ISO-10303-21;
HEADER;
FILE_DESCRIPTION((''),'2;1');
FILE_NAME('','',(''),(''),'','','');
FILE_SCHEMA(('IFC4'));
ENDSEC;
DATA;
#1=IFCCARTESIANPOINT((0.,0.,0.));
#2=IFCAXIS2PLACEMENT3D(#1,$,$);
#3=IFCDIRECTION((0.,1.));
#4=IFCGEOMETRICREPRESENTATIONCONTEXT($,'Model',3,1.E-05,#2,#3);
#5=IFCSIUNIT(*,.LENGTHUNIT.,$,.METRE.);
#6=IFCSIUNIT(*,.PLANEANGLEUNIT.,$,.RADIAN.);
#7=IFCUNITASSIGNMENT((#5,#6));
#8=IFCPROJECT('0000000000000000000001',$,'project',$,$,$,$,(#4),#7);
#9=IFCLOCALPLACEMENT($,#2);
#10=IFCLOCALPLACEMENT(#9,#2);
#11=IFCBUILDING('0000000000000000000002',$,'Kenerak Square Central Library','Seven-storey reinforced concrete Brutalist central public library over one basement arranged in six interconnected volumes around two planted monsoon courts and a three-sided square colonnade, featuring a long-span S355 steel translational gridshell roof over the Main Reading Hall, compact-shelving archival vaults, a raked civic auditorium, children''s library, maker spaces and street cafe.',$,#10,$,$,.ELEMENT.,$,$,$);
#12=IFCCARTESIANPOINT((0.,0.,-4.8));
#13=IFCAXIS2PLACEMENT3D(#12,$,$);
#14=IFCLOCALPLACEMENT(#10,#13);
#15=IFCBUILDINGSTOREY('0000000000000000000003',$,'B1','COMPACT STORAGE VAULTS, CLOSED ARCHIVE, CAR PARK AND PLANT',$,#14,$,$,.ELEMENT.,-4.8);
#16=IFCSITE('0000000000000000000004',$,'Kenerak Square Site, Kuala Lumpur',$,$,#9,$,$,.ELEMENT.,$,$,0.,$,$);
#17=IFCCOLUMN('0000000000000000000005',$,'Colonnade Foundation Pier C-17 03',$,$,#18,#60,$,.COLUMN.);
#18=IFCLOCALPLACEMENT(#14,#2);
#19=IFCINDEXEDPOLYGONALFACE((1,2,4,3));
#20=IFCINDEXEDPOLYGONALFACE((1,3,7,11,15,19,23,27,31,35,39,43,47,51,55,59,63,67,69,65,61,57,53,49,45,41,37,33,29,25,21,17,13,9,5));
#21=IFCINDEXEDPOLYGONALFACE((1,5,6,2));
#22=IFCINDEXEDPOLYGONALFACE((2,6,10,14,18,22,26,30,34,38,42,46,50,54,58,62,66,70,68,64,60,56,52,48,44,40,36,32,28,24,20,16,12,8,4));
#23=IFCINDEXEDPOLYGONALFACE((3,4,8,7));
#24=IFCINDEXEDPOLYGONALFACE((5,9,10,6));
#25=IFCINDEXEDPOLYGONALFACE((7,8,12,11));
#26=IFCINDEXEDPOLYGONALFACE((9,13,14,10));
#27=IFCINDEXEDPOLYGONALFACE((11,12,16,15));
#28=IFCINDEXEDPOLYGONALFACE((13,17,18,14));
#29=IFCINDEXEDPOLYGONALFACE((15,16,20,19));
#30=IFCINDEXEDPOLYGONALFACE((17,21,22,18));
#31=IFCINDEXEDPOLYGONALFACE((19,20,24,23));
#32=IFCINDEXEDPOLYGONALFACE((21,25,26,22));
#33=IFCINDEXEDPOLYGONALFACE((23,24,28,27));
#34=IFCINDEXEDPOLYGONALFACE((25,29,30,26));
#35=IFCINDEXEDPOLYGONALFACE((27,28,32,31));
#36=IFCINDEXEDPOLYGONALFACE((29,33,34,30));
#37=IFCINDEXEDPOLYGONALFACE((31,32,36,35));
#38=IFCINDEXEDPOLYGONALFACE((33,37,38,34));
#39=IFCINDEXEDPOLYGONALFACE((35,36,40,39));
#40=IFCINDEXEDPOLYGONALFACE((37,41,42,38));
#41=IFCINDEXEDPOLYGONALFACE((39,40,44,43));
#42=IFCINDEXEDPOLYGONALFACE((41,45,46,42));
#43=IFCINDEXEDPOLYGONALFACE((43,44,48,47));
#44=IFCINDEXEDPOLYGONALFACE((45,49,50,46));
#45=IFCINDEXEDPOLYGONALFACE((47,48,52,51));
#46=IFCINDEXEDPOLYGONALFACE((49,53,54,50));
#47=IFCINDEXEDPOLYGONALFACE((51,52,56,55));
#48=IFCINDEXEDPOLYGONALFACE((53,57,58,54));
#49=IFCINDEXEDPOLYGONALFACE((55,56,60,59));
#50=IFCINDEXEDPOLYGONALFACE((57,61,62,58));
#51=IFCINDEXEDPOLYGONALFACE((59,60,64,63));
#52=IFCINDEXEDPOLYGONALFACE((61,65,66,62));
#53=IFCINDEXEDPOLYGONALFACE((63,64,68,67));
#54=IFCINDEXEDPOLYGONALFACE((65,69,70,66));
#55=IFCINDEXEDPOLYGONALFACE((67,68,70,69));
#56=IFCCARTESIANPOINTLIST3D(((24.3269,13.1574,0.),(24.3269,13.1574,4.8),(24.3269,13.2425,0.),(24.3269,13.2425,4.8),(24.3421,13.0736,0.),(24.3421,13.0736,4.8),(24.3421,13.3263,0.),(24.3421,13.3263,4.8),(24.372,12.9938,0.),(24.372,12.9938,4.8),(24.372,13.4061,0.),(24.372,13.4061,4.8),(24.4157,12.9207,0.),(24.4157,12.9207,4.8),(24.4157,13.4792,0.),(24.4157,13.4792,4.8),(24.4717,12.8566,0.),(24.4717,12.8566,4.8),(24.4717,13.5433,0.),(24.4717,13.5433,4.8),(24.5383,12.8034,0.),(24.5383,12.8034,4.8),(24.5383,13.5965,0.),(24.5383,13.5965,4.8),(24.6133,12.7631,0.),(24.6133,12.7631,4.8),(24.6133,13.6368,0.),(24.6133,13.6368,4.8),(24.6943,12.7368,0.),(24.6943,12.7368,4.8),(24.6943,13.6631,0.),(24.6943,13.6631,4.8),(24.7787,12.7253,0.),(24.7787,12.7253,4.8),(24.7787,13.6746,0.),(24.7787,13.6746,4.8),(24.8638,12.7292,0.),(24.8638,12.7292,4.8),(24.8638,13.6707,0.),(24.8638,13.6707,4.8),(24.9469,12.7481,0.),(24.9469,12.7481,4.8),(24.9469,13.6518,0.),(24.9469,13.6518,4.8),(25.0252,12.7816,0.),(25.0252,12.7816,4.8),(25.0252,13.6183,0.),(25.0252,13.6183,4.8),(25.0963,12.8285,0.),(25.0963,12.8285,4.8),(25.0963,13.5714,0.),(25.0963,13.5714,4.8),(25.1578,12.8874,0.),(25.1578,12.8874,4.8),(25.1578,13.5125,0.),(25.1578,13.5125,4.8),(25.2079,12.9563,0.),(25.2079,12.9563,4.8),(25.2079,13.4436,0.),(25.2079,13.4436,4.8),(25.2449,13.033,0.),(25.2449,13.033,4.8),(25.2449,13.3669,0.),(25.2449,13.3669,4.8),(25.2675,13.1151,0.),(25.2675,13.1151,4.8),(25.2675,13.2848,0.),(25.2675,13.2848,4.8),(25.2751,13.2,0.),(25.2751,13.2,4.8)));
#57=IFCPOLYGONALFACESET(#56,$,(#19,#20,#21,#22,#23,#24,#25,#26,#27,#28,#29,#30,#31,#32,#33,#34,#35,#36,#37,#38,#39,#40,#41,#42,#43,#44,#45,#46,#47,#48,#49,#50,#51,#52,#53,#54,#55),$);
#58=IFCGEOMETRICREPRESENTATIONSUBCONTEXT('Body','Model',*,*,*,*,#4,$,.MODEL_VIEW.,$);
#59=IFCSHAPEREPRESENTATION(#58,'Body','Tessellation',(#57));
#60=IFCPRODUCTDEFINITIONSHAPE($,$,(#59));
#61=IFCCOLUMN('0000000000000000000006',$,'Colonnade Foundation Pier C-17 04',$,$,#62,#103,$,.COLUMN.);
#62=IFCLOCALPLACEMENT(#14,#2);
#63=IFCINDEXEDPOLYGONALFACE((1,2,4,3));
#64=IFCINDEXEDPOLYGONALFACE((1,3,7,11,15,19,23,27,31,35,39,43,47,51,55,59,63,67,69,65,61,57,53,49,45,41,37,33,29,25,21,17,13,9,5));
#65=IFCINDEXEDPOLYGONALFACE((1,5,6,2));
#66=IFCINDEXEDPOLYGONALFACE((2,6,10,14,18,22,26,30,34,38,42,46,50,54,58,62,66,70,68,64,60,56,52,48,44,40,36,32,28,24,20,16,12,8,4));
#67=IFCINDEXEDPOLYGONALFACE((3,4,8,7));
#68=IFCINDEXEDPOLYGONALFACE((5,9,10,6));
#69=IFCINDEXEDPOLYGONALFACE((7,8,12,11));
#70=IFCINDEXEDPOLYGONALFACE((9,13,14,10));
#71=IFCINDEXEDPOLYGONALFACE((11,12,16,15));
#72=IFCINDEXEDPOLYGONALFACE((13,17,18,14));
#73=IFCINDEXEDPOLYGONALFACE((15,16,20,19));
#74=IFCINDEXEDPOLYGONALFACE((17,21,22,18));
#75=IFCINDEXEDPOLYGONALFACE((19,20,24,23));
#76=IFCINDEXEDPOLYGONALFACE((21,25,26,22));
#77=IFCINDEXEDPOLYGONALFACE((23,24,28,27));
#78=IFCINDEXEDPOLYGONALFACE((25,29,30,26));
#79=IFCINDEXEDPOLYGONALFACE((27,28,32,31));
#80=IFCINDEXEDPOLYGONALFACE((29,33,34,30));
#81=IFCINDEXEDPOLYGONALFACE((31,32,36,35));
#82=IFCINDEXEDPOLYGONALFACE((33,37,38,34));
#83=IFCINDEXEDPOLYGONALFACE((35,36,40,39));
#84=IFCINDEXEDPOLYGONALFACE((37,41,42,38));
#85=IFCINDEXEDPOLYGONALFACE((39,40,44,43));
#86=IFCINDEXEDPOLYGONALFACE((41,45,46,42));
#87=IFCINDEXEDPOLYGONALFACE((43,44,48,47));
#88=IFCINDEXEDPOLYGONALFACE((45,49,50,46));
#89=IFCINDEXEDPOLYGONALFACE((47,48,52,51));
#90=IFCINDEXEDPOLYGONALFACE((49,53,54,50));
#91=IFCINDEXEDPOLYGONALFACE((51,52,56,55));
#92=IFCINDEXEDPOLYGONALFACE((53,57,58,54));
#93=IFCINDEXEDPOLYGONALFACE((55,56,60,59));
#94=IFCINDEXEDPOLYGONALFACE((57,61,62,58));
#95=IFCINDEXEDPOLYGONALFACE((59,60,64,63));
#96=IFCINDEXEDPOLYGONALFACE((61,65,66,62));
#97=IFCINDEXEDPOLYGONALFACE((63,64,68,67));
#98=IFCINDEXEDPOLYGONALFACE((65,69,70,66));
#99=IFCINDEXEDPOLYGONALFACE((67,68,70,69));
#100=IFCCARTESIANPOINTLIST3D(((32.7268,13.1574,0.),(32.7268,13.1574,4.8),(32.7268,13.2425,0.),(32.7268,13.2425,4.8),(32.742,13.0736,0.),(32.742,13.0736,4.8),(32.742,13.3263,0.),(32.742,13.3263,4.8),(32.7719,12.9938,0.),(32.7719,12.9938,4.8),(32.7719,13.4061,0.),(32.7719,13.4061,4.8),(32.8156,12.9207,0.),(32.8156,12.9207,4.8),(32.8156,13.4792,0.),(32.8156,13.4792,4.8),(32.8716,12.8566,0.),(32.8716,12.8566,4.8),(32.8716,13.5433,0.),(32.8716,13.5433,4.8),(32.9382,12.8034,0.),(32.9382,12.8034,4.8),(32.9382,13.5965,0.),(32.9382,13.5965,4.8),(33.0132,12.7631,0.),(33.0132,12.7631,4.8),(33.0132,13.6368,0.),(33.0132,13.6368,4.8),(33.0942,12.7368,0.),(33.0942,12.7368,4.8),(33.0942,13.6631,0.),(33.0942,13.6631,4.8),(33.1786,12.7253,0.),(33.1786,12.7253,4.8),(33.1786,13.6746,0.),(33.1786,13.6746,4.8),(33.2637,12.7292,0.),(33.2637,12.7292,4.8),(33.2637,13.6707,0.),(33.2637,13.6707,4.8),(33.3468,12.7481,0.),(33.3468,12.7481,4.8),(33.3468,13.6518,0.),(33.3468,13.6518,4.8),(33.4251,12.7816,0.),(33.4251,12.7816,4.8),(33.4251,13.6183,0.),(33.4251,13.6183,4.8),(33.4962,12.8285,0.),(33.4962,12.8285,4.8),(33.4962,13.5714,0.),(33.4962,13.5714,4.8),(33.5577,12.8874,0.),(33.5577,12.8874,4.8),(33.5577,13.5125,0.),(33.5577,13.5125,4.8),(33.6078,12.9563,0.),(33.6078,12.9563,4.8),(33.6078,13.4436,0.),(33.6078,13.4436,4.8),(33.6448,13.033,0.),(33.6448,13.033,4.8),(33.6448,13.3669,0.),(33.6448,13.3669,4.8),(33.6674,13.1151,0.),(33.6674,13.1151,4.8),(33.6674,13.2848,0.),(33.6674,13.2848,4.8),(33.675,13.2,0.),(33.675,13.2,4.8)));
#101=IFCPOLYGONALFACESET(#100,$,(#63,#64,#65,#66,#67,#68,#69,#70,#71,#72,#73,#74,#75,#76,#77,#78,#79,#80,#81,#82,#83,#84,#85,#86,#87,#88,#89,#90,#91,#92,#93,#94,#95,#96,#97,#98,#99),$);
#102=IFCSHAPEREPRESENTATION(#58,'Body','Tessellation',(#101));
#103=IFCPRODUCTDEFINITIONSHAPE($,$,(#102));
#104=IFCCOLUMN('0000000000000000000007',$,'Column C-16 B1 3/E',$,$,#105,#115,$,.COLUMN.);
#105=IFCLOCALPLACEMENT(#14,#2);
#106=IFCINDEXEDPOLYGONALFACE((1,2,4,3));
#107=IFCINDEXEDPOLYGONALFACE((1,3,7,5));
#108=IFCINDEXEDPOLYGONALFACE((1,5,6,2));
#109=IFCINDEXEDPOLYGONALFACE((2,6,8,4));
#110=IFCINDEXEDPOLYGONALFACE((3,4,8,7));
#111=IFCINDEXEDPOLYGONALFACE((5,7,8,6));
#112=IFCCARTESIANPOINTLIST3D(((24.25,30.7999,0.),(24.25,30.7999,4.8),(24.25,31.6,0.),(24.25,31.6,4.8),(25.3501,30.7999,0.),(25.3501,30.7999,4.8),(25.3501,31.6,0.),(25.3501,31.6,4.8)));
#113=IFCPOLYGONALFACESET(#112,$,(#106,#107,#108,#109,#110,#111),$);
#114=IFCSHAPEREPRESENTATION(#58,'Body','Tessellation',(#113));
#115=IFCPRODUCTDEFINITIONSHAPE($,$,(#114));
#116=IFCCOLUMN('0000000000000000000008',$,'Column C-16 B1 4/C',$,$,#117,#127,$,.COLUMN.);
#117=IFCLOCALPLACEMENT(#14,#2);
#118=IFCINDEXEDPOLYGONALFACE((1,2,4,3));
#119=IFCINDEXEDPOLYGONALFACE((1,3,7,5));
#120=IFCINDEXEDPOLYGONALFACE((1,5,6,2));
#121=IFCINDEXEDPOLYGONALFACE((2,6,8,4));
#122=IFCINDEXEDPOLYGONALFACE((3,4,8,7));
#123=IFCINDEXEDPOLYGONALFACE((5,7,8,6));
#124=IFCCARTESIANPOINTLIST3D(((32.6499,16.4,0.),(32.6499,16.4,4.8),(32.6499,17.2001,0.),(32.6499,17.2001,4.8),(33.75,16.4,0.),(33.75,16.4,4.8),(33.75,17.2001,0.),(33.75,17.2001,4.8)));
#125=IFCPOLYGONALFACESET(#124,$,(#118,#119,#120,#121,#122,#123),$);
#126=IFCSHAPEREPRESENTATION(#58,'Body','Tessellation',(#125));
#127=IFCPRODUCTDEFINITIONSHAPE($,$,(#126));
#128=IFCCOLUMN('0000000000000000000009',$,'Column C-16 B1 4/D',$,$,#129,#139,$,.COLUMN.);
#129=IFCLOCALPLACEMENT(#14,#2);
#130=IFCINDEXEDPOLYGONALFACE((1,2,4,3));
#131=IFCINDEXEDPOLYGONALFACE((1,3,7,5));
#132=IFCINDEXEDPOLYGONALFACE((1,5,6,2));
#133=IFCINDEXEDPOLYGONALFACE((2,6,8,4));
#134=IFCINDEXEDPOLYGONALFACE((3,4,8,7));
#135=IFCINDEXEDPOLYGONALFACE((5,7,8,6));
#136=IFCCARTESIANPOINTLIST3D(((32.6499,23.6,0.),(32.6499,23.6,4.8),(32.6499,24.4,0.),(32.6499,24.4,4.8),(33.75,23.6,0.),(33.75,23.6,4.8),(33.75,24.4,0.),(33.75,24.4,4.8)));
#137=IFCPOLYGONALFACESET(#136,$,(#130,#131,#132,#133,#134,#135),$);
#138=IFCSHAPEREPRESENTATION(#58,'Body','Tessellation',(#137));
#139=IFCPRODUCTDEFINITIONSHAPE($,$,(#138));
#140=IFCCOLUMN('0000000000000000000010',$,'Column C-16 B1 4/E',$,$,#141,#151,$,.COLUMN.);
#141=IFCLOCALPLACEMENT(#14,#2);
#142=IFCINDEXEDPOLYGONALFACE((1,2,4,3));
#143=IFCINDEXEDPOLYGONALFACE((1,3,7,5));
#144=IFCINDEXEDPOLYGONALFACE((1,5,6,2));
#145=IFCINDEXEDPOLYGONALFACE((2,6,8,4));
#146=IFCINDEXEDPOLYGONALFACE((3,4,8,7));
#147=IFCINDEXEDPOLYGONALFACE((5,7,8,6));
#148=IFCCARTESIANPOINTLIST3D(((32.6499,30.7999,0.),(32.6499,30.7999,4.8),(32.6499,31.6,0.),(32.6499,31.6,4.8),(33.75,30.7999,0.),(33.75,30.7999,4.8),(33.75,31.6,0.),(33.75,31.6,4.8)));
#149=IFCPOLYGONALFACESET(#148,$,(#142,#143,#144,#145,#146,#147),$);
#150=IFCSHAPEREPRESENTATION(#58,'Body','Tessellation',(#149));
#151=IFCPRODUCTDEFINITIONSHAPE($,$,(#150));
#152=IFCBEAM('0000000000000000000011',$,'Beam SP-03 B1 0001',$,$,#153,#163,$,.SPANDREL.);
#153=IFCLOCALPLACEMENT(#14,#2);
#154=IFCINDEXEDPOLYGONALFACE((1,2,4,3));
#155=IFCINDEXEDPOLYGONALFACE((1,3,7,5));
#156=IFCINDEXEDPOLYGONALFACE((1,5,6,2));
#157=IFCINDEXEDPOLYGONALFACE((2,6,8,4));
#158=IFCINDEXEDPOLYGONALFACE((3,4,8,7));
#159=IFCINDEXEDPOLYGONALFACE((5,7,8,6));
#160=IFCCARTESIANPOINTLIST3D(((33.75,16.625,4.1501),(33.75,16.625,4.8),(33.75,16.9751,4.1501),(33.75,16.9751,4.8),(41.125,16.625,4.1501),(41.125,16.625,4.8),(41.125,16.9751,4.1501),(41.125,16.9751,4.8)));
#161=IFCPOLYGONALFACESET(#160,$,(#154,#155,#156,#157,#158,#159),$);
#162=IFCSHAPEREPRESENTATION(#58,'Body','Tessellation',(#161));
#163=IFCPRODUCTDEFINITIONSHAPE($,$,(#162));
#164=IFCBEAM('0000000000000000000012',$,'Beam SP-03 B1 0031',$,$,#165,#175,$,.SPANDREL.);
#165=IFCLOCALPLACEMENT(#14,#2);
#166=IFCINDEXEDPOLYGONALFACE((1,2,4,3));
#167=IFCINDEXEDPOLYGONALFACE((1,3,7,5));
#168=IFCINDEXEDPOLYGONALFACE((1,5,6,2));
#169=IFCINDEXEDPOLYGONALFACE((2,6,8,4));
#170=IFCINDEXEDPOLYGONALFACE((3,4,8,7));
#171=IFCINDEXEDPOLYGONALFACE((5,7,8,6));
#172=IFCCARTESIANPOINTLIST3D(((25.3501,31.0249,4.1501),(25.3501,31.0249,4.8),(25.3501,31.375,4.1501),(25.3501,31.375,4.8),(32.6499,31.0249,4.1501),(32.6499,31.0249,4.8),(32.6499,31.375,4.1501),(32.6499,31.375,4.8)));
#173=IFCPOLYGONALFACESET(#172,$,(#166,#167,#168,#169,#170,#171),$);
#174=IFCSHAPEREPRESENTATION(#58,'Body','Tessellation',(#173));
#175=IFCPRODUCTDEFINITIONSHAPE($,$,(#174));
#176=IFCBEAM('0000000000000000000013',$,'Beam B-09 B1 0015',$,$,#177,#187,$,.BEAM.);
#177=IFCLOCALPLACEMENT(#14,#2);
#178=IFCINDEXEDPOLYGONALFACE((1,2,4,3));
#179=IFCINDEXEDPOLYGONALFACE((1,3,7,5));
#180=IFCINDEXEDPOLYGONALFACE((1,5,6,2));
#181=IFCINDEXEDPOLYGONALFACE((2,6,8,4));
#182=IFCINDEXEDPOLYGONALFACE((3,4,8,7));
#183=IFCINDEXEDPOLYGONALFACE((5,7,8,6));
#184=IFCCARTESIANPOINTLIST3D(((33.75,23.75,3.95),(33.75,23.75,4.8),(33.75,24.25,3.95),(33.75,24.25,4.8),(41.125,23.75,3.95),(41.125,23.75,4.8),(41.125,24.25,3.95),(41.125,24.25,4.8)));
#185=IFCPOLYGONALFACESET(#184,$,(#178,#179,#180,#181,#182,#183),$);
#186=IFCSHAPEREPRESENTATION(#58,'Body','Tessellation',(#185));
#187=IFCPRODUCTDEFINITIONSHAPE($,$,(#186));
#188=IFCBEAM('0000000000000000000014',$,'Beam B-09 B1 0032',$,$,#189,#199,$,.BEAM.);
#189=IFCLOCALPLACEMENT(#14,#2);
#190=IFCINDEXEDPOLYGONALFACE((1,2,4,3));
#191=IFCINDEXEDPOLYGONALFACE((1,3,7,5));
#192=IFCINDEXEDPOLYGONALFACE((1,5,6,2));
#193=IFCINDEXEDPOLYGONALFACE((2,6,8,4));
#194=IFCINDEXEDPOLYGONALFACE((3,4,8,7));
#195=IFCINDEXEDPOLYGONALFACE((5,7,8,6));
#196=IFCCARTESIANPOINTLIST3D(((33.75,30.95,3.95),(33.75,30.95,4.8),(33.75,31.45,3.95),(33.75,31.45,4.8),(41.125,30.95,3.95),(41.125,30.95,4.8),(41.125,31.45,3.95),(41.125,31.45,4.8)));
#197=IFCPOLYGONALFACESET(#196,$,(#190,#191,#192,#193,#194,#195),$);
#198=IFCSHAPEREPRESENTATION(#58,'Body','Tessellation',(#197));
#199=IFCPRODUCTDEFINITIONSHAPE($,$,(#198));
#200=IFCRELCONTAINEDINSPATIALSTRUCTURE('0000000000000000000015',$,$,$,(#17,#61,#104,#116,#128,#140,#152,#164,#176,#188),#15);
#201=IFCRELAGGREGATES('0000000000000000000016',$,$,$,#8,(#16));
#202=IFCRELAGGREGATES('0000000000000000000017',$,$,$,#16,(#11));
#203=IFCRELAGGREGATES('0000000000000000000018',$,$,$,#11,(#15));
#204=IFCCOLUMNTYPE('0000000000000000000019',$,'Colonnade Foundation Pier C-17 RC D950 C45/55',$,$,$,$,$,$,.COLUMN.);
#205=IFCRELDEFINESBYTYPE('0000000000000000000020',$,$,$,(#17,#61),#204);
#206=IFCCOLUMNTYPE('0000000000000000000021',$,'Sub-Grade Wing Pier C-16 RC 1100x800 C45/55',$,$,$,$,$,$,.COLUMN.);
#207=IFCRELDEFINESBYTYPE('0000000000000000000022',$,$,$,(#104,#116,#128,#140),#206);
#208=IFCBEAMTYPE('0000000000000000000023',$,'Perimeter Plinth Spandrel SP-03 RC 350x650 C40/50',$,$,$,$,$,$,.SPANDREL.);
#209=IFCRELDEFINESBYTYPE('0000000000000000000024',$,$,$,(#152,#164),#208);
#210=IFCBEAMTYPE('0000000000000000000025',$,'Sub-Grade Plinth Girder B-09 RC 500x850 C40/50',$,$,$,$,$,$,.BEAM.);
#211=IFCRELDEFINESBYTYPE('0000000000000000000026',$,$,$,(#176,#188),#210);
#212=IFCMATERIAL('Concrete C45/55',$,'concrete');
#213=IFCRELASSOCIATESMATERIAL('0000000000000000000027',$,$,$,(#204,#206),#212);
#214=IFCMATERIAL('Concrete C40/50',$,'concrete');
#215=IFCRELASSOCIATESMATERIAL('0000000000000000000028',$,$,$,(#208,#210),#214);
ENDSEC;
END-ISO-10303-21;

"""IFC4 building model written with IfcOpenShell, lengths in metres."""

from ifc_helpers import new_model, si_unit, direction, frame, origin, origin_2d, place, context, subcontext, project, spatial, rectangle, circle, extrude, material, material_profile, profile_set, type_object, element, save


model = new_model("IFC4")

# Units and contexts
model_context = context("Model", 3, precision=1e-05, world=origin(), true_north=direction((0.0, 1.0)))
body_context = subcontext(model_context, "Body", "Model", "MODEL_VIEW")
ifc_project = project(units=[si_unit("LENGTHUNIT", "METRE"), si_unit("PLANEANGLEUNIT", "RADIAN")], contexts=[model_context])

# Site, building, storey
site_placement = place(None, origin())
site = spatial("IfcSite", under=ifc_project, at=site_placement, Name="Kenerak Square Site, Kuala Lumpur", CompositionType="ELEMENT", RefElevation=0.0)
building_placement = place(site_placement, origin())
building = spatial("IfcBuilding", under=site, at=building_placement, Name="Kenerak Square Central Library", Description="Seven-storey reinforced concrete Brutalist central public library over one basement arranged in six interconnected volumes around two planted monsoon courts and a three-sided square colonnade, featuring a long-span S355 steel translational gridshell roof over the Main Reading Hall, compact-shelving archival vaults, a raked civic auditorium, children's library, maker spaces and street cafe.", CompositionType="ELEMENT")
storey_placement = place(building_placement, frame((0.0, 0.0, -4.8)))
storey = spatial("IfcBuildingStorey", under=building, at=storey_placement, Name="B1", Description="COMPACT STORAGE VAULTS, CLOSED ARCHIVE, CAR PARK AND PLANT", CompositionType="ELEMENT", Elevation=-4.8)

# Shared definitions
ifc_material_1 = material(Name="Concrete C40/50", Category="concrete")

# Columns
ifc_material_2 = material(Name="Concrete C45/55", Category="concrete")
ifc_material_profile_1 = material_profile(ifc_material_2, circle(Radius=0.4751, at=origin_2d()), Name="RC D950")
ifc_profile_set_1 = profile_set([ifc_material_profile_1], Name="Concrete C45/55")
column_type_1 = type_object("IfcColumnType", Name="Colonnade Foundation Pier C-17 RC D950 C45/55", PredefinedType="COLUMN", material=ifc_profile_set_1)
for number, where, z_axis, x_axis, name in (
    (1, (24.8, 13.2, 0.0), (0.0, 0.0, 1.0), (1.0, 0.0, 0.0), "Colonnade Foundation Pier C-17 03"),
    (2, (33.2, 13.2, 0.0), (0.0, 0.0, 1.0), (1.0, 0.0, 0.0), "Colonnade Foundation Pier C-17 04"),
):
    element("IfcColumn", number, at=place(storey_placement, frame(where, z_axis=z_axis, x_axis=x_axis)), inside=storey, type_object=column_type_1, Name=name, PredefinedType="COLUMN", context=body_context, shape_type="SweptSolid", body=[
        extrude(circle(Radius=0.4751, at=origin_2d()), origin(), (0.0, 0.0, 1.0), 4.8),
    ])
ifc_material_profile_2 = material_profile(ifc_material_2, rectangle(XDim=1.1001, YDim=0.8, at=origin_2d()), Name="RC 1100x800")
ifc_profile_set_2 = profile_set([ifc_material_profile_2], Name="Concrete C45/55")
column_type_2 = type_object("IfcColumnType", Name="Sub-Grade Wing Pier C-16 RC 1100x800 C45/55", PredefinedType="COLUMN", material=ifc_profile_set_2)
for number, where, z_axis, x_axis, name in (
    (3, (24.8, 31.2, 0.0), (0.0, 0.0, 1.0), (1.0, 0.0, 0.0), "Column C-16 B1 3/E"),
    (4, (33.2, 16.8, 0.0), (0.0, 0.0, 1.0), (1.0, 0.0, 0.0), "Column C-16 B1 4/C"),
    (5, (33.2, 24.0, 0.0), (0.0, 0.0, 1.0), (1.0, 0.0, 0.0), "Column C-16 B1 4/D"),
    (6, (33.2, 31.2, 0.0), (0.0, 0.0, 1.0), (1.0, 0.0, 0.0), "Column C-16 B1 4/E"),
):
    element("IfcColumn", number, at=place(storey_placement, frame(where, z_axis=z_axis, x_axis=x_axis)), inside=storey, type_object=column_type_2, Name=name, PredefinedType="COLUMN", context=body_context, shape_type="SweptSolid", body=[
        extrude(rectangle(XDim=1.1001, YDim=0.8, at=origin_2d()), origin(), (0.0, 0.0, 1.0), 4.8),
    ])

# Beams
ifc_material_profile_3 = material_profile(ifc_material_1, rectangle(XDim=0.3501, YDim=0.6499, at=origin_2d()), Name="RC 350x650")
ifc_profile_set_3 = profile_set([ifc_material_profile_3], Name="Concrete C40/50")
beam_type_1 = type_object("IfcBeamType", Name="Perimeter Plinth Spandrel SP-03 RC 350x650 C40/50", PredefinedType="SPANDREL", material=ifc_profile_set_3)
beam_1_placement = place(storey_placement, frame((33.75, 16.8, 4.4751), z_axis=(1.0, 0.0, 0.0), x_axis=(0.0, 1.0, 0.0)))
element("IfcBeam", 7, at=beam_1_placement, inside=storey, type_object=beam_type_1, Name="Beam SP-03 B1 0001", PredefinedType="SPANDREL", context=body_context, shape_type="SweptSolid", body=[
    extrude(rectangle(XDim=0.3501, YDim=0.6499, at=origin_2d()), origin(), (0.0, 0.0, 1.0), 7.375),
])
beam_2_placement = place(storey_placement, frame((25.3501, 31.2, 4.4751), z_axis=(1.0, 0.0, 0.0), x_axis=(0.0, 1.0, 0.0)))
element("IfcBeam", 8, at=beam_2_placement, inside=storey, type_object=beam_type_1, Name="Beam SP-03 B1 0031", PredefinedType="SPANDREL", context=body_context, shape_type="SweptSolid", body=[
    extrude(rectangle(XDim=0.3501, YDim=0.6499, at=origin_2d()), origin(), (0.0, 0.0, 1.0), 7.2998),
])
ifc_material_profile_4 = material_profile(ifc_material_1, rectangle(XDim=0.5, YDim=0.8501, at=origin_2d()), Name="RC 500x850")
ifc_profile_set_4 = profile_set([ifc_material_profile_4], Name="Concrete C40/50")
beam_type_2 = type_object("IfcBeamType", Name="Sub-Grade Plinth Girder B-09 RC 500x850 C40/50", PredefinedType="BEAM", material=ifc_profile_set_4)
for number, where, z_axis, x_axis, name in (
    (9, (33.75, 24.0, 4.375), (1.0, 0.0, 0.0), (0.0, 1.0, 0.0), "Beam B-09 B1 0015"),
    (10, (33.75, 31.2, 4.375), (1.0, 0.0, 0.0), (0.0, 1.0, 0.0), "Beam B-09 B1 0032"),
):
    element("IfcBeam", number, at=place(storey_placement, frame(where, z_axis=z_axis, x_axis=x_axis)), inside=storey, type_object=beam_type_2, Name=name, PredefinedType="BEAM", context=body_context, shape_type="SweptSolid", body=[
        extrude(rectangle(XDim=0.5, YDim=0.8501, at=origin_2d()), origin(), (0.0, 0.0, 1.0), 7.375),
    ])

save(model, "model.ifc")
